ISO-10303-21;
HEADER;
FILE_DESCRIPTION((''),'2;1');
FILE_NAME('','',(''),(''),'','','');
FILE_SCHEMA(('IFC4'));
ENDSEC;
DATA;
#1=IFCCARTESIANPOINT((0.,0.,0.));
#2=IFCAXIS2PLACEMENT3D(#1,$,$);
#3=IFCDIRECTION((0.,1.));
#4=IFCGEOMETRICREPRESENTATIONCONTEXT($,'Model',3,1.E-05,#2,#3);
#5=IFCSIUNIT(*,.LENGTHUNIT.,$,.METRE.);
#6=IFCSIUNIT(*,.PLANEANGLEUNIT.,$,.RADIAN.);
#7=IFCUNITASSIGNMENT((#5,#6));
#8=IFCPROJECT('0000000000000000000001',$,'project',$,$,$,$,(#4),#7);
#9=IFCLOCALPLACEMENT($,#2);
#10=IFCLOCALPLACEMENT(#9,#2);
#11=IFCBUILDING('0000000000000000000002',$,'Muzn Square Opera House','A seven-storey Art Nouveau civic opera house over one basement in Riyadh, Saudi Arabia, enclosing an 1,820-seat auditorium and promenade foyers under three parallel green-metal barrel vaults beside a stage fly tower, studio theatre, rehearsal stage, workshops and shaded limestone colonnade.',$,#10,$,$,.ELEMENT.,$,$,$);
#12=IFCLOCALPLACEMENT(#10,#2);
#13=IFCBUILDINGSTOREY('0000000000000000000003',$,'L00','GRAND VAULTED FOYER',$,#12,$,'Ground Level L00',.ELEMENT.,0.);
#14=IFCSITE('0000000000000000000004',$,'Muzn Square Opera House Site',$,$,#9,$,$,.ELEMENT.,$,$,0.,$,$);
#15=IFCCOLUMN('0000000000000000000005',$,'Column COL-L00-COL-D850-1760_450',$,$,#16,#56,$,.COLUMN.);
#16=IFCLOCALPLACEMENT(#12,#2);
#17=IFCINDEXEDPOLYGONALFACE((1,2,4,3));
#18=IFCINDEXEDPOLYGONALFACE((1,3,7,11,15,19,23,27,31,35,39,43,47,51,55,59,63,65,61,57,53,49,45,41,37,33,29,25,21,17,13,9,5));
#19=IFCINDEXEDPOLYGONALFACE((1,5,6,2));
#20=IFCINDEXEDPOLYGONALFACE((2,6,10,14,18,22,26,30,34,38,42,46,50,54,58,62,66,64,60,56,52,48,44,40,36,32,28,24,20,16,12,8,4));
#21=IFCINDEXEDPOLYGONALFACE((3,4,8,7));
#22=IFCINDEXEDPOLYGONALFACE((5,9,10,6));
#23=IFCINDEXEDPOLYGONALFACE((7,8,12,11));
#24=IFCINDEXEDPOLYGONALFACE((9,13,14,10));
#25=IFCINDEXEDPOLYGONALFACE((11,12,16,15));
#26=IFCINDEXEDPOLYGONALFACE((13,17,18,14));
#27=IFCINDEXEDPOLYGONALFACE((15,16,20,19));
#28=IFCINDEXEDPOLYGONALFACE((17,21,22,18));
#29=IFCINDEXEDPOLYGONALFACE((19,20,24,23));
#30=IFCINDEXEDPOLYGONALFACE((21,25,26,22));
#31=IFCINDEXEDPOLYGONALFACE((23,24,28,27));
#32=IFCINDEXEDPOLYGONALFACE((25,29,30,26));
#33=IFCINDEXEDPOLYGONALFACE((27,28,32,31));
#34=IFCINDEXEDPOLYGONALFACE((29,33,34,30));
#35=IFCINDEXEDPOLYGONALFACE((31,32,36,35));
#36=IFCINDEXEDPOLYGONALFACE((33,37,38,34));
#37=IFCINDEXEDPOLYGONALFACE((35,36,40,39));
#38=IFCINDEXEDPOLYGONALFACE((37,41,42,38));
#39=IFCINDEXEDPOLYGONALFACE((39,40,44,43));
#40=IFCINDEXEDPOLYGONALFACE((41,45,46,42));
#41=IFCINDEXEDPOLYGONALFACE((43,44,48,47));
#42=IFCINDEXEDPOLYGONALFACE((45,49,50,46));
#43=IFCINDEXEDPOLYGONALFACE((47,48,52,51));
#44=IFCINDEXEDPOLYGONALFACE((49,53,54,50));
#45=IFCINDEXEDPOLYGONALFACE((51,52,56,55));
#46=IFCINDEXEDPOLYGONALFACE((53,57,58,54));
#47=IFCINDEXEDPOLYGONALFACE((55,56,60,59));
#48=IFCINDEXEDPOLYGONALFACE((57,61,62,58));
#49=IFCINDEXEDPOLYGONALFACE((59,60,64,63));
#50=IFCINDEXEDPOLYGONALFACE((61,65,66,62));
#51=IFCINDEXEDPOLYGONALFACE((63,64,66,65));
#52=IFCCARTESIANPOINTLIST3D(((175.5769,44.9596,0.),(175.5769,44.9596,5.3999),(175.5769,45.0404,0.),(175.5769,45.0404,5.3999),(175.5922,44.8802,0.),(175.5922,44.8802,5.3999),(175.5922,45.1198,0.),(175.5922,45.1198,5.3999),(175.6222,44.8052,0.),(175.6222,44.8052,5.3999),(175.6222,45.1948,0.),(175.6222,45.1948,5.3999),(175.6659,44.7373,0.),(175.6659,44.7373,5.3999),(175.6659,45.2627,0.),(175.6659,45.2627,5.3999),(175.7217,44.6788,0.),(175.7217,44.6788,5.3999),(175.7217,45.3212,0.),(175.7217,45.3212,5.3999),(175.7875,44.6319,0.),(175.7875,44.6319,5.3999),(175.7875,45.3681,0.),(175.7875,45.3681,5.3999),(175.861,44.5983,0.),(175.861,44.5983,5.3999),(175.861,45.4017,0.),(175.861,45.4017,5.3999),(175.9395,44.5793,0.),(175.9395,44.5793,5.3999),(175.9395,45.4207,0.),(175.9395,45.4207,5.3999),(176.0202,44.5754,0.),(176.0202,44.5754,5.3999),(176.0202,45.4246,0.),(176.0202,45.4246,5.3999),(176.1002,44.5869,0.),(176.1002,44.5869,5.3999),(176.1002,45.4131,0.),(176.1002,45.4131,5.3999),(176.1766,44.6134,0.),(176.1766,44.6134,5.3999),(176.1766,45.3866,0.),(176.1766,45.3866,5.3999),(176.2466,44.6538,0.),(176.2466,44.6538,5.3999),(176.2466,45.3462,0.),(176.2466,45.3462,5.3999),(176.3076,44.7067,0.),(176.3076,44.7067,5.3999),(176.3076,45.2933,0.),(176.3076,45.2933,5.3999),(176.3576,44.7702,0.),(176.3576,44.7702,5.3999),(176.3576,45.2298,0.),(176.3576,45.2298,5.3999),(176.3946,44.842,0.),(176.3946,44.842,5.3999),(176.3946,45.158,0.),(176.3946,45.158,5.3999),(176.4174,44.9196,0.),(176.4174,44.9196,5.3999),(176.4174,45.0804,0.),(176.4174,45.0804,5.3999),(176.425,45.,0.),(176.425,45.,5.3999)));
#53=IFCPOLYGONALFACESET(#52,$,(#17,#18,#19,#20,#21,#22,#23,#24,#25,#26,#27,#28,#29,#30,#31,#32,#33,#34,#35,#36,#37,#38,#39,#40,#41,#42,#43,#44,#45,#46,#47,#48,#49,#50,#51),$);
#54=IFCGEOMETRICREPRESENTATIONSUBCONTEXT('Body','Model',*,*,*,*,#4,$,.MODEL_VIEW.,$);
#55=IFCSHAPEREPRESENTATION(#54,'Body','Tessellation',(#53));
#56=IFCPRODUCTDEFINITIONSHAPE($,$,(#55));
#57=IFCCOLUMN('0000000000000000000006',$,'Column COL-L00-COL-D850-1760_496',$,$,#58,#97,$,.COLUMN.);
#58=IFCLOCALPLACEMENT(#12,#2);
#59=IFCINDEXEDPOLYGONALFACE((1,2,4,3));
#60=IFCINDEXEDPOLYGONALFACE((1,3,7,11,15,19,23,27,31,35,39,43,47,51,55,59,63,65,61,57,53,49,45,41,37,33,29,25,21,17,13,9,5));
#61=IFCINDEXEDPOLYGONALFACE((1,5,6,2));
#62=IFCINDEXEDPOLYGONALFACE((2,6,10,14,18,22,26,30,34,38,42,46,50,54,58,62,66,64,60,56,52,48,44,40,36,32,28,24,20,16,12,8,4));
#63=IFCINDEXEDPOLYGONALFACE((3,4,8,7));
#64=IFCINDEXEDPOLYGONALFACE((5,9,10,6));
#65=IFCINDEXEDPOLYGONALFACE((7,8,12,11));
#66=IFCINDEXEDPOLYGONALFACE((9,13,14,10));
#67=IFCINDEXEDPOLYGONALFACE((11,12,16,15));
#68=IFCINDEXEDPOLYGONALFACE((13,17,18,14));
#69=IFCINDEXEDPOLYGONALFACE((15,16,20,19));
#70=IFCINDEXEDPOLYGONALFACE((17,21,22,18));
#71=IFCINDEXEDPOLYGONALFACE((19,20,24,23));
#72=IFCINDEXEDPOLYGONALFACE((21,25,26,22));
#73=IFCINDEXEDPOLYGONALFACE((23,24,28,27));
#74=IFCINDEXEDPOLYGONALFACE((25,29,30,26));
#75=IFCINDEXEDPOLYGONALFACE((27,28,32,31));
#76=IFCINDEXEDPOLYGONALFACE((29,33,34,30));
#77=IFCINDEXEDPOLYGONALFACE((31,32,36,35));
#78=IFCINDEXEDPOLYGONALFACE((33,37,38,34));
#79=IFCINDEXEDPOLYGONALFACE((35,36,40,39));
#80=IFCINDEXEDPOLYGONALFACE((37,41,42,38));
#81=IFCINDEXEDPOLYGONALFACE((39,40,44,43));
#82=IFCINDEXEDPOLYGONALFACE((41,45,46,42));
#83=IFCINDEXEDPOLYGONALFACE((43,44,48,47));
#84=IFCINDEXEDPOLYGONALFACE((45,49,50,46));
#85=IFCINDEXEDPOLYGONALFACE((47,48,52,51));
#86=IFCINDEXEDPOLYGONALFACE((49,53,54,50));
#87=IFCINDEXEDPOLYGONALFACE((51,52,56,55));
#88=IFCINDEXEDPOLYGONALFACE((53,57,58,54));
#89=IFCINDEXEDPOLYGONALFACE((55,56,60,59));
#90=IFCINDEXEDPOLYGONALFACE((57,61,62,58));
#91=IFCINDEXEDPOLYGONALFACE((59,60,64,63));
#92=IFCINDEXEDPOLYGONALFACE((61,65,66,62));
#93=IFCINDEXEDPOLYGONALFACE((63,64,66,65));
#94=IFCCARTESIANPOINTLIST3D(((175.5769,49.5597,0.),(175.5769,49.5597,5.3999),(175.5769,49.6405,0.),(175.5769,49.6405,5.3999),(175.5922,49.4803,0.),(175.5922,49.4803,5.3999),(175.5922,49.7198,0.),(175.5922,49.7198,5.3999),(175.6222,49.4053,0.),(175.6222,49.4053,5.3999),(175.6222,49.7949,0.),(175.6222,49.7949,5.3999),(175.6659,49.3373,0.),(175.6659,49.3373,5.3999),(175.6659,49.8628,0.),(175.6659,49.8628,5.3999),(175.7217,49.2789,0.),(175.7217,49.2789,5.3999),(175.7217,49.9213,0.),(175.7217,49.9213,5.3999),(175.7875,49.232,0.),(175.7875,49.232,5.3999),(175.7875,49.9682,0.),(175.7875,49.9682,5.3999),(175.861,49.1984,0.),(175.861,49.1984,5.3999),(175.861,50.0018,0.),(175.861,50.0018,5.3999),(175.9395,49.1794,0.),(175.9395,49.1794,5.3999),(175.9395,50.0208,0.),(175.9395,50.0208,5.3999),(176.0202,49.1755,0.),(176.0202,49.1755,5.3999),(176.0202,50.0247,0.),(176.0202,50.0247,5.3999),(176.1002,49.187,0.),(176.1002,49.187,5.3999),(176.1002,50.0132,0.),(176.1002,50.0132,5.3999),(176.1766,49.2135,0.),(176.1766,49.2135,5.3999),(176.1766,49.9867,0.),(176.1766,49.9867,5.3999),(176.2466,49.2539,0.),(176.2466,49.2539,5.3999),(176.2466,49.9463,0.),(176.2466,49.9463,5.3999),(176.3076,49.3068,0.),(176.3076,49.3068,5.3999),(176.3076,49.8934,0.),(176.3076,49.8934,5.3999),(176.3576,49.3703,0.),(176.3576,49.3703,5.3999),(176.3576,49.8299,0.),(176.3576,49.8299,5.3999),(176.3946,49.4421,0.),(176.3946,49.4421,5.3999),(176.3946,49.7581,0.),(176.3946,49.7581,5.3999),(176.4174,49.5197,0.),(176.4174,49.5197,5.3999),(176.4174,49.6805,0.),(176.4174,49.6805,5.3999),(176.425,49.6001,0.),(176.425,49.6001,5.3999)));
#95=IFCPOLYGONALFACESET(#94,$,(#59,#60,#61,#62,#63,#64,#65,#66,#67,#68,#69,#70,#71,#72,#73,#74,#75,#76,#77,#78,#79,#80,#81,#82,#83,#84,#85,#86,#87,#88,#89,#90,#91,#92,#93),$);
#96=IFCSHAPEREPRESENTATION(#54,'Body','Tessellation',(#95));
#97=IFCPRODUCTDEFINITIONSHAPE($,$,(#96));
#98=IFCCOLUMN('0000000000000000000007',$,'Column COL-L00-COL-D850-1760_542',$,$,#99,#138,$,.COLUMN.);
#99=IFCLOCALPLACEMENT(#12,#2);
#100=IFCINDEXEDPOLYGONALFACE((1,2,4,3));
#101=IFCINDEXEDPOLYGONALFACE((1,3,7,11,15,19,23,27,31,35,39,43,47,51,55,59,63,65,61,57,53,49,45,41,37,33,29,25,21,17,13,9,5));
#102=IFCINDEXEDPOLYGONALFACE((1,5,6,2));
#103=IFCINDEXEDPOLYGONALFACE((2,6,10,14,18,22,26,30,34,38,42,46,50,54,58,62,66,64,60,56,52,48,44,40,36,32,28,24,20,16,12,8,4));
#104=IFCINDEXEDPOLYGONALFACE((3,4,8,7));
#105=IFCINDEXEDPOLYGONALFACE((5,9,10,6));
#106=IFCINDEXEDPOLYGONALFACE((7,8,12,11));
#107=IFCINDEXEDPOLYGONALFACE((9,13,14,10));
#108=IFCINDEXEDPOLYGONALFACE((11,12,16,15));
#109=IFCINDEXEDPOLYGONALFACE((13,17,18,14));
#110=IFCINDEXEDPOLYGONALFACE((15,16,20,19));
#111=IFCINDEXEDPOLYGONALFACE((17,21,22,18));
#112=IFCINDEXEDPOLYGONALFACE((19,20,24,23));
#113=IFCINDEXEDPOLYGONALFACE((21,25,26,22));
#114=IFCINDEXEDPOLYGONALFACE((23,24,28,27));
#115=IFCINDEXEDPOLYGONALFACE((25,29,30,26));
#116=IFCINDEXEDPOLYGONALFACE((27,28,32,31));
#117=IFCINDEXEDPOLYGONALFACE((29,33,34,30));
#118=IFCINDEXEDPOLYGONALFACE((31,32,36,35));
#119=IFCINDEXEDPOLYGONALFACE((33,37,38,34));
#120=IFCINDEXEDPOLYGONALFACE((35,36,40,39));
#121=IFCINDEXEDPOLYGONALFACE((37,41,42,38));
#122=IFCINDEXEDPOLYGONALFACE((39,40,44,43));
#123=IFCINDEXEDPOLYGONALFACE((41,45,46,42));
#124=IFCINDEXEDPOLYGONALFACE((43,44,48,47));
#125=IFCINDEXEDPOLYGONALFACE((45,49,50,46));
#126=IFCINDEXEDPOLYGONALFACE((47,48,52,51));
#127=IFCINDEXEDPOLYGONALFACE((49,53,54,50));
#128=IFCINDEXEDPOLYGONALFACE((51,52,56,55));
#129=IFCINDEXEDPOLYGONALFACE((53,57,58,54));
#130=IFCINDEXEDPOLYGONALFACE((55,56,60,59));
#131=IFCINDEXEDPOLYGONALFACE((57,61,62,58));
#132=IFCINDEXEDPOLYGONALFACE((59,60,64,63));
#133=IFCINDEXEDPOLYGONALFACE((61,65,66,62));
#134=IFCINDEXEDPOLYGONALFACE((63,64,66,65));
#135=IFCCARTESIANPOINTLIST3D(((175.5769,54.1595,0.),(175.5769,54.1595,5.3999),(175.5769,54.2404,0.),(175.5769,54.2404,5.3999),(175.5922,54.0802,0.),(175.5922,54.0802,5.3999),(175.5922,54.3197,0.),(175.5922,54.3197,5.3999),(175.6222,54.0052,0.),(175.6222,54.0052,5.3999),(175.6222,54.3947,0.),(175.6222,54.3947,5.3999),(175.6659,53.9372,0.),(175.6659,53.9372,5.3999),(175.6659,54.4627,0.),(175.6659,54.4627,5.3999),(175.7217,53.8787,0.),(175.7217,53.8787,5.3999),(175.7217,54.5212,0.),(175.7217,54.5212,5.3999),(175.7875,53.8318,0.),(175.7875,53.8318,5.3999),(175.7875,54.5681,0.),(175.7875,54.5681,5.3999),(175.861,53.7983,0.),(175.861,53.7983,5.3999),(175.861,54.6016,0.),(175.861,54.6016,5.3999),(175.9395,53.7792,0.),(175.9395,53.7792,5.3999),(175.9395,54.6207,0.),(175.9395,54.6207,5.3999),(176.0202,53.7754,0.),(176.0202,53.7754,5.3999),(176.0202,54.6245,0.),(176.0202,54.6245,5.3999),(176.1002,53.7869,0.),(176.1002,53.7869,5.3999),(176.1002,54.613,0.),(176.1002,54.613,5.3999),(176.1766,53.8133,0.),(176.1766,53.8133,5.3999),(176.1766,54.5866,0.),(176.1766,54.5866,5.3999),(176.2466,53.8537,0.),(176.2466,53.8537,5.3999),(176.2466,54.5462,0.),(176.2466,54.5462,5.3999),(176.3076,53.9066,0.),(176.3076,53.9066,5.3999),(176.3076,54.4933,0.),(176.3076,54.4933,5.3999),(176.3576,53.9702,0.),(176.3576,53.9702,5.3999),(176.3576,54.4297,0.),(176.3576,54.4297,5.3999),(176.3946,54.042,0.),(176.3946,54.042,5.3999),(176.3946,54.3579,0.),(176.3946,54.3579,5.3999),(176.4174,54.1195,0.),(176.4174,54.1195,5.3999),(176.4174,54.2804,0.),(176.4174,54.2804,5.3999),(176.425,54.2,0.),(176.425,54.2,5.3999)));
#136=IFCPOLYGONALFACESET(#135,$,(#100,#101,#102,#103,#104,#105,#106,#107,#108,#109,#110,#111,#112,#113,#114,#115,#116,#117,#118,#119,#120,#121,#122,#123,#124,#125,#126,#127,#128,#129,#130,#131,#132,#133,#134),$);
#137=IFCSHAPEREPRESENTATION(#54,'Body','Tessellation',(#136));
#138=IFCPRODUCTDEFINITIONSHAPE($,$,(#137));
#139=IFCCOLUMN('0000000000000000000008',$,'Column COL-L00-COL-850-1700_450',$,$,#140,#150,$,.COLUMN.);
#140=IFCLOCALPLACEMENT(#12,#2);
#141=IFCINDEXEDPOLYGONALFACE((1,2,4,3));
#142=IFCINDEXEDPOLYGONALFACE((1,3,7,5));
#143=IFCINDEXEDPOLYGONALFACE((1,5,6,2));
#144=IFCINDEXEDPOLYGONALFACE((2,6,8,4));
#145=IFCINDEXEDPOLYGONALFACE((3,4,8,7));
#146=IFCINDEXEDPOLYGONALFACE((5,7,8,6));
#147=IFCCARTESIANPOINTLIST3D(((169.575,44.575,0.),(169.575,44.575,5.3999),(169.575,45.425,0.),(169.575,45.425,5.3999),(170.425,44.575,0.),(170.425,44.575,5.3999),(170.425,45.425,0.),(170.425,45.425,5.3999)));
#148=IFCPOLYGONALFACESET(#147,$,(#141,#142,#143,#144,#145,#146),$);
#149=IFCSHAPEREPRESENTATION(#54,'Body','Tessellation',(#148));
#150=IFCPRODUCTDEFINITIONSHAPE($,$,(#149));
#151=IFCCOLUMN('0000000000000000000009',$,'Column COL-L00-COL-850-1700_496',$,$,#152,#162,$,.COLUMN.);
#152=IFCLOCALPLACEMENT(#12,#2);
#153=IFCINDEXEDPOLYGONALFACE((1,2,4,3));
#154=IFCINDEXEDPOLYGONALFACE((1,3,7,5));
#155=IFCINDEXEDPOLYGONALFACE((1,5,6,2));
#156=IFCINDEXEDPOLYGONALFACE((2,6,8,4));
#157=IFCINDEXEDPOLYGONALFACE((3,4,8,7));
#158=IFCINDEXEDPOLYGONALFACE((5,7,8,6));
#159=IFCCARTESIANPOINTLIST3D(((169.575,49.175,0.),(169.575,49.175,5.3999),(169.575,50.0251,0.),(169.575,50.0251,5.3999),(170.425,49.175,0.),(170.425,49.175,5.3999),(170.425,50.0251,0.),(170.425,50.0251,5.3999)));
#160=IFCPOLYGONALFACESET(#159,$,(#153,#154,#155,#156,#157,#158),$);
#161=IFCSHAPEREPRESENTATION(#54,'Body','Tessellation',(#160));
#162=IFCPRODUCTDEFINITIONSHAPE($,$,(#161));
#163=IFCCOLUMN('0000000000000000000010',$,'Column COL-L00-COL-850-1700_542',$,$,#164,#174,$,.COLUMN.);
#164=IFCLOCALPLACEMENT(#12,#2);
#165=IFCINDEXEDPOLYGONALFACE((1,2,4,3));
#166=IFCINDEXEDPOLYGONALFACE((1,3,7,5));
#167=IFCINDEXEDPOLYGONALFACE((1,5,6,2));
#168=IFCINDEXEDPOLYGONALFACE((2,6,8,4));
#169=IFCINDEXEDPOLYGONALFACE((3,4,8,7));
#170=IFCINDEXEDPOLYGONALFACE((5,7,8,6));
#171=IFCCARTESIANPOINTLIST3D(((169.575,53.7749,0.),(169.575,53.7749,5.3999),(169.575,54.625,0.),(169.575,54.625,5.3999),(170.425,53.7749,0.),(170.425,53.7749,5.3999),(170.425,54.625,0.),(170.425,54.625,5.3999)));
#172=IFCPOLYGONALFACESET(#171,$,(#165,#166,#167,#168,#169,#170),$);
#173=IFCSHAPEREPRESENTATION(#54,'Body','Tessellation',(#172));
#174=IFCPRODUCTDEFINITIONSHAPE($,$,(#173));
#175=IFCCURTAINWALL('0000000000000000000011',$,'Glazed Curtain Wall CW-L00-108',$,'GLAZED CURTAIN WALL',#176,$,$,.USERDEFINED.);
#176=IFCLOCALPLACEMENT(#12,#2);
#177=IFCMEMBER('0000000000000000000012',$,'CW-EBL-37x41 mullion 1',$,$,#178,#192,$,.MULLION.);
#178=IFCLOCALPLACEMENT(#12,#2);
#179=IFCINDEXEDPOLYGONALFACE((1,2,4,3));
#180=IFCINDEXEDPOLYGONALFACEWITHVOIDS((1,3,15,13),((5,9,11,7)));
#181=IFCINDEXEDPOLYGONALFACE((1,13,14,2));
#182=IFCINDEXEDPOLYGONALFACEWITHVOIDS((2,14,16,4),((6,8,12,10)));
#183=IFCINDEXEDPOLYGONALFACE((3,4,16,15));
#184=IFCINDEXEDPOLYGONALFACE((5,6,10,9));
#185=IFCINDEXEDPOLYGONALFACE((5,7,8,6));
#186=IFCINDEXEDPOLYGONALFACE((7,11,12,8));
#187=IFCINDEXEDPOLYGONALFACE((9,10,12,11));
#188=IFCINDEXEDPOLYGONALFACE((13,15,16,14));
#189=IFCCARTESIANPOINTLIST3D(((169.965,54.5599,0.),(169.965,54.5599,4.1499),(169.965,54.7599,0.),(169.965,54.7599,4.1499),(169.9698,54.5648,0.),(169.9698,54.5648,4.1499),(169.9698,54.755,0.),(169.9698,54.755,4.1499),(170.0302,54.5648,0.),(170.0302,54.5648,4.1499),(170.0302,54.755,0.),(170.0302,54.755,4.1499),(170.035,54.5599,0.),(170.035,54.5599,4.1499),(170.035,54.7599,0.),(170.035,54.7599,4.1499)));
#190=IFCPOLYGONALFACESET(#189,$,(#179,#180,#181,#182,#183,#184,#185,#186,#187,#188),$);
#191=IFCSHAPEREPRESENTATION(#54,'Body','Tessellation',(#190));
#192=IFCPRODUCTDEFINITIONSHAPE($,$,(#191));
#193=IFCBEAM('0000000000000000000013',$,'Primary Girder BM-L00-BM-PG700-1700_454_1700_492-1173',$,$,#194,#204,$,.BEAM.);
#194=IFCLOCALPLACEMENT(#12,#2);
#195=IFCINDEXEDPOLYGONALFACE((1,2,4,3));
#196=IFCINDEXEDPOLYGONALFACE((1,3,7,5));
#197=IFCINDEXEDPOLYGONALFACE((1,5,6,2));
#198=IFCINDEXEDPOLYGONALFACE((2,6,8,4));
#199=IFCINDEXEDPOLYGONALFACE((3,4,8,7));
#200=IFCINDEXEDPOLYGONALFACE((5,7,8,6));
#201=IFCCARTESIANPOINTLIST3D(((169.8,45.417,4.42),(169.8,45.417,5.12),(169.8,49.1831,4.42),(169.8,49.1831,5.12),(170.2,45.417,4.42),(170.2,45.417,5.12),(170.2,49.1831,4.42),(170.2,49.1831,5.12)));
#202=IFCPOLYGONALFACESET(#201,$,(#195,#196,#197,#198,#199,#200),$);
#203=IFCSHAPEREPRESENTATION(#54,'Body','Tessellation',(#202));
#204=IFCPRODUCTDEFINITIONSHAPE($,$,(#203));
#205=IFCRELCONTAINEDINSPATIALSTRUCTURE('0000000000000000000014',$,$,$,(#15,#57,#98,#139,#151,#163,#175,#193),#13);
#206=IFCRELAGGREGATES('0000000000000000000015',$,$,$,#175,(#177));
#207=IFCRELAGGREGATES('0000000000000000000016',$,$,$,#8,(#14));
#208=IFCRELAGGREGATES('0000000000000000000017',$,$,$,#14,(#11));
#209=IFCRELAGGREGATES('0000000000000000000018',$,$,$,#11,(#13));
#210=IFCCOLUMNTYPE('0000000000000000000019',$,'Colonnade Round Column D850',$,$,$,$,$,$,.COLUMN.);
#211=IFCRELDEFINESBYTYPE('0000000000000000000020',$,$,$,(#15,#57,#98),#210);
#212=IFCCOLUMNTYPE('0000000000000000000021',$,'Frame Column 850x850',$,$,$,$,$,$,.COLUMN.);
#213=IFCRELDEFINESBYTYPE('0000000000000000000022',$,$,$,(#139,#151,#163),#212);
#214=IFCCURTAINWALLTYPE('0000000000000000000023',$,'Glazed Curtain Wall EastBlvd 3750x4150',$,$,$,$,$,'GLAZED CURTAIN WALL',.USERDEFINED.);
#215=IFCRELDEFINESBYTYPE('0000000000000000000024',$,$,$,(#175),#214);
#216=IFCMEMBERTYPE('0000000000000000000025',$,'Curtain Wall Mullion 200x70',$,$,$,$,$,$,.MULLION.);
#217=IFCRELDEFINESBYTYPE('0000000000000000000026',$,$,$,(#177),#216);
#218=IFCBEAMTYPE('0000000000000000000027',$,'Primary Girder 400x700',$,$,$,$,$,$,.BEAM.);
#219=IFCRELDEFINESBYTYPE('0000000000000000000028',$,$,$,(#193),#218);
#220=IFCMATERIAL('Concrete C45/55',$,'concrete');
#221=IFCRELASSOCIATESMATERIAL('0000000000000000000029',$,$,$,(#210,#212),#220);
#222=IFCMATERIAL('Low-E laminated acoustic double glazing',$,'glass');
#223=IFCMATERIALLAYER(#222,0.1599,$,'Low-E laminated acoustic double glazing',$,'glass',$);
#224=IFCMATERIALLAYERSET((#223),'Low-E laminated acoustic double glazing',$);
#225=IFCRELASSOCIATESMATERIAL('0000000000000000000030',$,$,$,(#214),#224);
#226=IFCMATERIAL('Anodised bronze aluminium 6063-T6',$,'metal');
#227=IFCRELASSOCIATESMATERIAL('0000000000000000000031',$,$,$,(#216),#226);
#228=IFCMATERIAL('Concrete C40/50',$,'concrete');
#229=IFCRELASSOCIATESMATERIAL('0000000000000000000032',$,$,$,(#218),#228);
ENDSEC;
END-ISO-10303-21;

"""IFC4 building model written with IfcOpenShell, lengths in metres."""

from ifc_helpers import new_model, si_unit, direction, frame, origin, origin_2d, place, context, subcontext, project, spatial, rectangle, hollow_rectangle, circle, extrude, material, layer, layer_set, material_profile, profile_set, type_object, element, aggregate, save


model = new_model("IFC4")

# Units and contexts
model_context = context("Model", 3, precision=1e-05, world=origin(), true_north=direction((0.0, 1.0)))
body_context = subcontext(model_context, "Body", "Model", "MODEL_VIEW")
ifc_project = project(units=[si_unit("LENGTHUNIT", "METRE"), si_unit("PLANEANGLEUNIT", "RADIAN")], contexts=[model_context])

# Site, building, storey
site_placement = place(None, origin())
site = spatial("IfcSite", under=ifc_project, at=site_placement, Name="Muzn Square Opera House Site", CompositionType="ELEMENT", RefElevation=0.0)
building_placement = place(site_placement, origin())
building = spatial("IfcBuilding", under=site, at=building_placement, Name="Muzn Square Opera House", Description="A seven-storey Art Nouveau civic opera house over one basement in Riyadh, Saudi Arabia, enclosing an 1,820-seat auditorium and promenade foyers under three parallel green-metal barrel vaults beside a stage fly tower, studio theatre, rehearsal stage, workshops and shaded limestone colonnade.", CompositionType="ELEMENT")
storey_placement = place(building_placement, origin())
storey = spatial("IfcBuildingStorey", under=building, at=storey_placement, Name="L00", Description="GRAND VAULTED FOYER", LongName="Ground Level L00", CompositionType="ELEMENT", Elevation=0.0)

# Columns
ifc_material_1 = material(Name="Concrete C45/55", Category="concrete")
ifc_material_profile_1 = material_profile(ifc_material_1, circle(Radius=0.425, at=origin_2d()), Name="RCC D850", Category="concrete")
ifc_profile_set_1 = profile_set([ifc_material_profile_1], Name="Concrete C45/55")
column_type_1 = type_object("IfcColumnType", Name="Colonnade Round Column D850", PredefinedType="COLUMN", material=ifc_profile_set_1)
for number, where, z_axis, x_axis, name in (
    (1, (176.0, 45.0, 0.0), (0.0, 0.0, 1.0), (1.0, 0.0, 0.0), "Column COL-L00-COL-D850-1760_450"),
    (2, (176.0, 49.6001, 0.0), (0.0, 0.0, 1.0), (1.0, 0.0, 0.0), "Column COL-L00-COL-D850-1760_496"),
    (3, (176.0, 54.2, 0.0), (0.0, 0.0, 1.0), (1.0, 0.0, 0.0), "Column COL-L00-COL-D850-1760_542"),
):
    element("IfcColumn", number, at=place(storey_placement, frame(where, z_axis=z_axis, x_axis=x_axis)), inside=storey, type_object=column_type_1, Name=name, PredefinedType="COLUMN", context=body_context, shape_type="SweptSolid", body=[
        extrude(circle(Radius=0.425, at=origin_2d()), origin(), (0.0, 0.0, 1.0), 5.3999),
    ])
ifc_material_profile_2 = material_profile(ifc_material_1, rectangle(XDim=0.8501, YDim=0.8501, at=origin_2d()), Name="RC 850x850", Category="concrete")
ifc_profile_set_2 = profile_set([ifc_material_profile_2], Name="Concrete C45/55")
column_type_2 = type_object("IfcColumnType", Name="Frame Column 850x850", PredefinedType="COLUMN", material=ifc_profile_set_2)
for number, where, z_axis, x_axis, name in (
    (4, (170.0, 45.0, 0.0), (0.0, 0.0, 1.0), (1.0, 0.0, 0.0), "Column COL-L00-COL-850-1700_450"),
    (5, (170.0, 49.6001, 0.0), (0.0, 0.0, 1.0), (1.0, 0.0, 0.0), "Column COL-L00-COL-850-1700_496"),
    (6, (170.0, 54.2, 0.0), (0.0, 0.0, 1.0), (1.0, 0.0, 0.0), "Column COL-L00-COL-850-1700_542"),
):
    element("IfcColumn", number, at=place(storey_placement, frame(where, z_axis=z_axis, x_axis=x_axis)), inside=storey, type_object=column_type_2, Name=name, PredefinedType="COLUMN", context=body_context, shape_type="SweptSolid", body=[
        extrude(rectangle(XDim=0.8501, YDim=0.8501, at=origin_2d()), origin(), (0.0, 0.0, 1.0), 5.3999),
    ])

# Curtain wall, member
ifc_material_2 = material(Name="Low-E laminated acoustic double glazing", Category="glass")
ifc_layer_1 = layer(ifc_material_2, 0.1599, Name="Low-E laminated acoustic double glazing", Category="glass")
ifc_layer_set_1 = layer_set([ifc_layer_1], Name="Low-E laminated acoustic double glazing")
curtain_wall_type = type_object("IfcCurtainWallType", Name="Glazed Curtain Wall EastBlvd 3750x4150", ElementType="GLAZED CURTAIN WALL", PredefinedType="USERDEFINED", material=ifc_layer_set_1)
curtain_wall_placement = place(storey_placement, origin())
curtain_wall = element("IfcCurtainWall", 7, at=curtain_wall_placement, inside=storey, type_object=curtain_wall_type, Name="Glazed Curtain Wall CW-L00-108", ObjectType="GLAZED CURTAIN WALL", PredefinedType="USERDEFINED")
ifc_material_3 = material(Name="Anodised bronze aluminium 6063-T6", Category="metal")
ifc_material_profile_3 = material_profile(ifc_material_3, hollow_rectangle(XDim=0.0701, YDim=0.2, WallThickness=0.0049, at=origin_2d()), Name="ALU 200x70x5", Category="metal")
ifc_profile_set_3 = profile_set([ifc_material_profile_3], Name="Anodised bronze aluminium 6063-T6")
member_type = type_object("IfcMemberType", Name="Curtain Wall Mullion 200x70", PredefinedType="MULLION", material=ifc_profile_set_3)
member_placement = place(storey_placement, frame((170.0, 54.6599, 0.0), z_axis=(0.0, 0.0, 1.0), x_axis=(-1.0, 0.0, 0.0)))
member = element("IfcMember", 8, at=member_placement, type_object=member_type, Name="CW-EBL-37x41 mullion 1", PredefinedType="MULLION", context=body_context, shape_type="SweptSolid", body=[
    extrude(hollow_rectangle(XDim=0.0701, YDim=0.2, WallThickness=0.0049, at=origin_2d()), origin(), (0.0, 0.0, 1.0), 4.1499),
])
aggregate(curtain_wall, [member])

# Beam
ifc_material_4 = material(Name="Concrete C40/50", Category="concrete")
ifc_material_profile_4 = material_profile(ifc_material_4, rectangle(XDim=0.3999, YDim=0.7, at=origin_2d()), Name="RCB 400x700", Category="concrete")
ifc_profile_set_4 = profile_set([ifc_material_profile_4], Name="Concrete C40/50")
beam_type_1 = type_object("IfcBeamType", Name="Primary Girder 400x700", PredefinedType="BEAM", material=ifc_profile_set_4)
beam_1_placement = place(storey_placement, frame((170.0, 45.417, 4.77), z_axis=(0.0, 1.0, 0.0), x_axis=(-1.0, 0.0, 0.0)))
element("IfcBeam", 9, at=beam_1_placement, inside=storey, type_object=beam_type_1, Name="Primary Girder BM-L00-BM-PG700-1700_454_1700_492-1173", PredefinedType="BEAM", context=body_context, shape_type="SweptSolid", body=[
    extrude(rectangle(XDim=0.3999, YDim=0.7, at=origin_2d()), origin(), (0.0, 0.0, 1.0), 3.7661),
])

save(model, "model.ifc")
